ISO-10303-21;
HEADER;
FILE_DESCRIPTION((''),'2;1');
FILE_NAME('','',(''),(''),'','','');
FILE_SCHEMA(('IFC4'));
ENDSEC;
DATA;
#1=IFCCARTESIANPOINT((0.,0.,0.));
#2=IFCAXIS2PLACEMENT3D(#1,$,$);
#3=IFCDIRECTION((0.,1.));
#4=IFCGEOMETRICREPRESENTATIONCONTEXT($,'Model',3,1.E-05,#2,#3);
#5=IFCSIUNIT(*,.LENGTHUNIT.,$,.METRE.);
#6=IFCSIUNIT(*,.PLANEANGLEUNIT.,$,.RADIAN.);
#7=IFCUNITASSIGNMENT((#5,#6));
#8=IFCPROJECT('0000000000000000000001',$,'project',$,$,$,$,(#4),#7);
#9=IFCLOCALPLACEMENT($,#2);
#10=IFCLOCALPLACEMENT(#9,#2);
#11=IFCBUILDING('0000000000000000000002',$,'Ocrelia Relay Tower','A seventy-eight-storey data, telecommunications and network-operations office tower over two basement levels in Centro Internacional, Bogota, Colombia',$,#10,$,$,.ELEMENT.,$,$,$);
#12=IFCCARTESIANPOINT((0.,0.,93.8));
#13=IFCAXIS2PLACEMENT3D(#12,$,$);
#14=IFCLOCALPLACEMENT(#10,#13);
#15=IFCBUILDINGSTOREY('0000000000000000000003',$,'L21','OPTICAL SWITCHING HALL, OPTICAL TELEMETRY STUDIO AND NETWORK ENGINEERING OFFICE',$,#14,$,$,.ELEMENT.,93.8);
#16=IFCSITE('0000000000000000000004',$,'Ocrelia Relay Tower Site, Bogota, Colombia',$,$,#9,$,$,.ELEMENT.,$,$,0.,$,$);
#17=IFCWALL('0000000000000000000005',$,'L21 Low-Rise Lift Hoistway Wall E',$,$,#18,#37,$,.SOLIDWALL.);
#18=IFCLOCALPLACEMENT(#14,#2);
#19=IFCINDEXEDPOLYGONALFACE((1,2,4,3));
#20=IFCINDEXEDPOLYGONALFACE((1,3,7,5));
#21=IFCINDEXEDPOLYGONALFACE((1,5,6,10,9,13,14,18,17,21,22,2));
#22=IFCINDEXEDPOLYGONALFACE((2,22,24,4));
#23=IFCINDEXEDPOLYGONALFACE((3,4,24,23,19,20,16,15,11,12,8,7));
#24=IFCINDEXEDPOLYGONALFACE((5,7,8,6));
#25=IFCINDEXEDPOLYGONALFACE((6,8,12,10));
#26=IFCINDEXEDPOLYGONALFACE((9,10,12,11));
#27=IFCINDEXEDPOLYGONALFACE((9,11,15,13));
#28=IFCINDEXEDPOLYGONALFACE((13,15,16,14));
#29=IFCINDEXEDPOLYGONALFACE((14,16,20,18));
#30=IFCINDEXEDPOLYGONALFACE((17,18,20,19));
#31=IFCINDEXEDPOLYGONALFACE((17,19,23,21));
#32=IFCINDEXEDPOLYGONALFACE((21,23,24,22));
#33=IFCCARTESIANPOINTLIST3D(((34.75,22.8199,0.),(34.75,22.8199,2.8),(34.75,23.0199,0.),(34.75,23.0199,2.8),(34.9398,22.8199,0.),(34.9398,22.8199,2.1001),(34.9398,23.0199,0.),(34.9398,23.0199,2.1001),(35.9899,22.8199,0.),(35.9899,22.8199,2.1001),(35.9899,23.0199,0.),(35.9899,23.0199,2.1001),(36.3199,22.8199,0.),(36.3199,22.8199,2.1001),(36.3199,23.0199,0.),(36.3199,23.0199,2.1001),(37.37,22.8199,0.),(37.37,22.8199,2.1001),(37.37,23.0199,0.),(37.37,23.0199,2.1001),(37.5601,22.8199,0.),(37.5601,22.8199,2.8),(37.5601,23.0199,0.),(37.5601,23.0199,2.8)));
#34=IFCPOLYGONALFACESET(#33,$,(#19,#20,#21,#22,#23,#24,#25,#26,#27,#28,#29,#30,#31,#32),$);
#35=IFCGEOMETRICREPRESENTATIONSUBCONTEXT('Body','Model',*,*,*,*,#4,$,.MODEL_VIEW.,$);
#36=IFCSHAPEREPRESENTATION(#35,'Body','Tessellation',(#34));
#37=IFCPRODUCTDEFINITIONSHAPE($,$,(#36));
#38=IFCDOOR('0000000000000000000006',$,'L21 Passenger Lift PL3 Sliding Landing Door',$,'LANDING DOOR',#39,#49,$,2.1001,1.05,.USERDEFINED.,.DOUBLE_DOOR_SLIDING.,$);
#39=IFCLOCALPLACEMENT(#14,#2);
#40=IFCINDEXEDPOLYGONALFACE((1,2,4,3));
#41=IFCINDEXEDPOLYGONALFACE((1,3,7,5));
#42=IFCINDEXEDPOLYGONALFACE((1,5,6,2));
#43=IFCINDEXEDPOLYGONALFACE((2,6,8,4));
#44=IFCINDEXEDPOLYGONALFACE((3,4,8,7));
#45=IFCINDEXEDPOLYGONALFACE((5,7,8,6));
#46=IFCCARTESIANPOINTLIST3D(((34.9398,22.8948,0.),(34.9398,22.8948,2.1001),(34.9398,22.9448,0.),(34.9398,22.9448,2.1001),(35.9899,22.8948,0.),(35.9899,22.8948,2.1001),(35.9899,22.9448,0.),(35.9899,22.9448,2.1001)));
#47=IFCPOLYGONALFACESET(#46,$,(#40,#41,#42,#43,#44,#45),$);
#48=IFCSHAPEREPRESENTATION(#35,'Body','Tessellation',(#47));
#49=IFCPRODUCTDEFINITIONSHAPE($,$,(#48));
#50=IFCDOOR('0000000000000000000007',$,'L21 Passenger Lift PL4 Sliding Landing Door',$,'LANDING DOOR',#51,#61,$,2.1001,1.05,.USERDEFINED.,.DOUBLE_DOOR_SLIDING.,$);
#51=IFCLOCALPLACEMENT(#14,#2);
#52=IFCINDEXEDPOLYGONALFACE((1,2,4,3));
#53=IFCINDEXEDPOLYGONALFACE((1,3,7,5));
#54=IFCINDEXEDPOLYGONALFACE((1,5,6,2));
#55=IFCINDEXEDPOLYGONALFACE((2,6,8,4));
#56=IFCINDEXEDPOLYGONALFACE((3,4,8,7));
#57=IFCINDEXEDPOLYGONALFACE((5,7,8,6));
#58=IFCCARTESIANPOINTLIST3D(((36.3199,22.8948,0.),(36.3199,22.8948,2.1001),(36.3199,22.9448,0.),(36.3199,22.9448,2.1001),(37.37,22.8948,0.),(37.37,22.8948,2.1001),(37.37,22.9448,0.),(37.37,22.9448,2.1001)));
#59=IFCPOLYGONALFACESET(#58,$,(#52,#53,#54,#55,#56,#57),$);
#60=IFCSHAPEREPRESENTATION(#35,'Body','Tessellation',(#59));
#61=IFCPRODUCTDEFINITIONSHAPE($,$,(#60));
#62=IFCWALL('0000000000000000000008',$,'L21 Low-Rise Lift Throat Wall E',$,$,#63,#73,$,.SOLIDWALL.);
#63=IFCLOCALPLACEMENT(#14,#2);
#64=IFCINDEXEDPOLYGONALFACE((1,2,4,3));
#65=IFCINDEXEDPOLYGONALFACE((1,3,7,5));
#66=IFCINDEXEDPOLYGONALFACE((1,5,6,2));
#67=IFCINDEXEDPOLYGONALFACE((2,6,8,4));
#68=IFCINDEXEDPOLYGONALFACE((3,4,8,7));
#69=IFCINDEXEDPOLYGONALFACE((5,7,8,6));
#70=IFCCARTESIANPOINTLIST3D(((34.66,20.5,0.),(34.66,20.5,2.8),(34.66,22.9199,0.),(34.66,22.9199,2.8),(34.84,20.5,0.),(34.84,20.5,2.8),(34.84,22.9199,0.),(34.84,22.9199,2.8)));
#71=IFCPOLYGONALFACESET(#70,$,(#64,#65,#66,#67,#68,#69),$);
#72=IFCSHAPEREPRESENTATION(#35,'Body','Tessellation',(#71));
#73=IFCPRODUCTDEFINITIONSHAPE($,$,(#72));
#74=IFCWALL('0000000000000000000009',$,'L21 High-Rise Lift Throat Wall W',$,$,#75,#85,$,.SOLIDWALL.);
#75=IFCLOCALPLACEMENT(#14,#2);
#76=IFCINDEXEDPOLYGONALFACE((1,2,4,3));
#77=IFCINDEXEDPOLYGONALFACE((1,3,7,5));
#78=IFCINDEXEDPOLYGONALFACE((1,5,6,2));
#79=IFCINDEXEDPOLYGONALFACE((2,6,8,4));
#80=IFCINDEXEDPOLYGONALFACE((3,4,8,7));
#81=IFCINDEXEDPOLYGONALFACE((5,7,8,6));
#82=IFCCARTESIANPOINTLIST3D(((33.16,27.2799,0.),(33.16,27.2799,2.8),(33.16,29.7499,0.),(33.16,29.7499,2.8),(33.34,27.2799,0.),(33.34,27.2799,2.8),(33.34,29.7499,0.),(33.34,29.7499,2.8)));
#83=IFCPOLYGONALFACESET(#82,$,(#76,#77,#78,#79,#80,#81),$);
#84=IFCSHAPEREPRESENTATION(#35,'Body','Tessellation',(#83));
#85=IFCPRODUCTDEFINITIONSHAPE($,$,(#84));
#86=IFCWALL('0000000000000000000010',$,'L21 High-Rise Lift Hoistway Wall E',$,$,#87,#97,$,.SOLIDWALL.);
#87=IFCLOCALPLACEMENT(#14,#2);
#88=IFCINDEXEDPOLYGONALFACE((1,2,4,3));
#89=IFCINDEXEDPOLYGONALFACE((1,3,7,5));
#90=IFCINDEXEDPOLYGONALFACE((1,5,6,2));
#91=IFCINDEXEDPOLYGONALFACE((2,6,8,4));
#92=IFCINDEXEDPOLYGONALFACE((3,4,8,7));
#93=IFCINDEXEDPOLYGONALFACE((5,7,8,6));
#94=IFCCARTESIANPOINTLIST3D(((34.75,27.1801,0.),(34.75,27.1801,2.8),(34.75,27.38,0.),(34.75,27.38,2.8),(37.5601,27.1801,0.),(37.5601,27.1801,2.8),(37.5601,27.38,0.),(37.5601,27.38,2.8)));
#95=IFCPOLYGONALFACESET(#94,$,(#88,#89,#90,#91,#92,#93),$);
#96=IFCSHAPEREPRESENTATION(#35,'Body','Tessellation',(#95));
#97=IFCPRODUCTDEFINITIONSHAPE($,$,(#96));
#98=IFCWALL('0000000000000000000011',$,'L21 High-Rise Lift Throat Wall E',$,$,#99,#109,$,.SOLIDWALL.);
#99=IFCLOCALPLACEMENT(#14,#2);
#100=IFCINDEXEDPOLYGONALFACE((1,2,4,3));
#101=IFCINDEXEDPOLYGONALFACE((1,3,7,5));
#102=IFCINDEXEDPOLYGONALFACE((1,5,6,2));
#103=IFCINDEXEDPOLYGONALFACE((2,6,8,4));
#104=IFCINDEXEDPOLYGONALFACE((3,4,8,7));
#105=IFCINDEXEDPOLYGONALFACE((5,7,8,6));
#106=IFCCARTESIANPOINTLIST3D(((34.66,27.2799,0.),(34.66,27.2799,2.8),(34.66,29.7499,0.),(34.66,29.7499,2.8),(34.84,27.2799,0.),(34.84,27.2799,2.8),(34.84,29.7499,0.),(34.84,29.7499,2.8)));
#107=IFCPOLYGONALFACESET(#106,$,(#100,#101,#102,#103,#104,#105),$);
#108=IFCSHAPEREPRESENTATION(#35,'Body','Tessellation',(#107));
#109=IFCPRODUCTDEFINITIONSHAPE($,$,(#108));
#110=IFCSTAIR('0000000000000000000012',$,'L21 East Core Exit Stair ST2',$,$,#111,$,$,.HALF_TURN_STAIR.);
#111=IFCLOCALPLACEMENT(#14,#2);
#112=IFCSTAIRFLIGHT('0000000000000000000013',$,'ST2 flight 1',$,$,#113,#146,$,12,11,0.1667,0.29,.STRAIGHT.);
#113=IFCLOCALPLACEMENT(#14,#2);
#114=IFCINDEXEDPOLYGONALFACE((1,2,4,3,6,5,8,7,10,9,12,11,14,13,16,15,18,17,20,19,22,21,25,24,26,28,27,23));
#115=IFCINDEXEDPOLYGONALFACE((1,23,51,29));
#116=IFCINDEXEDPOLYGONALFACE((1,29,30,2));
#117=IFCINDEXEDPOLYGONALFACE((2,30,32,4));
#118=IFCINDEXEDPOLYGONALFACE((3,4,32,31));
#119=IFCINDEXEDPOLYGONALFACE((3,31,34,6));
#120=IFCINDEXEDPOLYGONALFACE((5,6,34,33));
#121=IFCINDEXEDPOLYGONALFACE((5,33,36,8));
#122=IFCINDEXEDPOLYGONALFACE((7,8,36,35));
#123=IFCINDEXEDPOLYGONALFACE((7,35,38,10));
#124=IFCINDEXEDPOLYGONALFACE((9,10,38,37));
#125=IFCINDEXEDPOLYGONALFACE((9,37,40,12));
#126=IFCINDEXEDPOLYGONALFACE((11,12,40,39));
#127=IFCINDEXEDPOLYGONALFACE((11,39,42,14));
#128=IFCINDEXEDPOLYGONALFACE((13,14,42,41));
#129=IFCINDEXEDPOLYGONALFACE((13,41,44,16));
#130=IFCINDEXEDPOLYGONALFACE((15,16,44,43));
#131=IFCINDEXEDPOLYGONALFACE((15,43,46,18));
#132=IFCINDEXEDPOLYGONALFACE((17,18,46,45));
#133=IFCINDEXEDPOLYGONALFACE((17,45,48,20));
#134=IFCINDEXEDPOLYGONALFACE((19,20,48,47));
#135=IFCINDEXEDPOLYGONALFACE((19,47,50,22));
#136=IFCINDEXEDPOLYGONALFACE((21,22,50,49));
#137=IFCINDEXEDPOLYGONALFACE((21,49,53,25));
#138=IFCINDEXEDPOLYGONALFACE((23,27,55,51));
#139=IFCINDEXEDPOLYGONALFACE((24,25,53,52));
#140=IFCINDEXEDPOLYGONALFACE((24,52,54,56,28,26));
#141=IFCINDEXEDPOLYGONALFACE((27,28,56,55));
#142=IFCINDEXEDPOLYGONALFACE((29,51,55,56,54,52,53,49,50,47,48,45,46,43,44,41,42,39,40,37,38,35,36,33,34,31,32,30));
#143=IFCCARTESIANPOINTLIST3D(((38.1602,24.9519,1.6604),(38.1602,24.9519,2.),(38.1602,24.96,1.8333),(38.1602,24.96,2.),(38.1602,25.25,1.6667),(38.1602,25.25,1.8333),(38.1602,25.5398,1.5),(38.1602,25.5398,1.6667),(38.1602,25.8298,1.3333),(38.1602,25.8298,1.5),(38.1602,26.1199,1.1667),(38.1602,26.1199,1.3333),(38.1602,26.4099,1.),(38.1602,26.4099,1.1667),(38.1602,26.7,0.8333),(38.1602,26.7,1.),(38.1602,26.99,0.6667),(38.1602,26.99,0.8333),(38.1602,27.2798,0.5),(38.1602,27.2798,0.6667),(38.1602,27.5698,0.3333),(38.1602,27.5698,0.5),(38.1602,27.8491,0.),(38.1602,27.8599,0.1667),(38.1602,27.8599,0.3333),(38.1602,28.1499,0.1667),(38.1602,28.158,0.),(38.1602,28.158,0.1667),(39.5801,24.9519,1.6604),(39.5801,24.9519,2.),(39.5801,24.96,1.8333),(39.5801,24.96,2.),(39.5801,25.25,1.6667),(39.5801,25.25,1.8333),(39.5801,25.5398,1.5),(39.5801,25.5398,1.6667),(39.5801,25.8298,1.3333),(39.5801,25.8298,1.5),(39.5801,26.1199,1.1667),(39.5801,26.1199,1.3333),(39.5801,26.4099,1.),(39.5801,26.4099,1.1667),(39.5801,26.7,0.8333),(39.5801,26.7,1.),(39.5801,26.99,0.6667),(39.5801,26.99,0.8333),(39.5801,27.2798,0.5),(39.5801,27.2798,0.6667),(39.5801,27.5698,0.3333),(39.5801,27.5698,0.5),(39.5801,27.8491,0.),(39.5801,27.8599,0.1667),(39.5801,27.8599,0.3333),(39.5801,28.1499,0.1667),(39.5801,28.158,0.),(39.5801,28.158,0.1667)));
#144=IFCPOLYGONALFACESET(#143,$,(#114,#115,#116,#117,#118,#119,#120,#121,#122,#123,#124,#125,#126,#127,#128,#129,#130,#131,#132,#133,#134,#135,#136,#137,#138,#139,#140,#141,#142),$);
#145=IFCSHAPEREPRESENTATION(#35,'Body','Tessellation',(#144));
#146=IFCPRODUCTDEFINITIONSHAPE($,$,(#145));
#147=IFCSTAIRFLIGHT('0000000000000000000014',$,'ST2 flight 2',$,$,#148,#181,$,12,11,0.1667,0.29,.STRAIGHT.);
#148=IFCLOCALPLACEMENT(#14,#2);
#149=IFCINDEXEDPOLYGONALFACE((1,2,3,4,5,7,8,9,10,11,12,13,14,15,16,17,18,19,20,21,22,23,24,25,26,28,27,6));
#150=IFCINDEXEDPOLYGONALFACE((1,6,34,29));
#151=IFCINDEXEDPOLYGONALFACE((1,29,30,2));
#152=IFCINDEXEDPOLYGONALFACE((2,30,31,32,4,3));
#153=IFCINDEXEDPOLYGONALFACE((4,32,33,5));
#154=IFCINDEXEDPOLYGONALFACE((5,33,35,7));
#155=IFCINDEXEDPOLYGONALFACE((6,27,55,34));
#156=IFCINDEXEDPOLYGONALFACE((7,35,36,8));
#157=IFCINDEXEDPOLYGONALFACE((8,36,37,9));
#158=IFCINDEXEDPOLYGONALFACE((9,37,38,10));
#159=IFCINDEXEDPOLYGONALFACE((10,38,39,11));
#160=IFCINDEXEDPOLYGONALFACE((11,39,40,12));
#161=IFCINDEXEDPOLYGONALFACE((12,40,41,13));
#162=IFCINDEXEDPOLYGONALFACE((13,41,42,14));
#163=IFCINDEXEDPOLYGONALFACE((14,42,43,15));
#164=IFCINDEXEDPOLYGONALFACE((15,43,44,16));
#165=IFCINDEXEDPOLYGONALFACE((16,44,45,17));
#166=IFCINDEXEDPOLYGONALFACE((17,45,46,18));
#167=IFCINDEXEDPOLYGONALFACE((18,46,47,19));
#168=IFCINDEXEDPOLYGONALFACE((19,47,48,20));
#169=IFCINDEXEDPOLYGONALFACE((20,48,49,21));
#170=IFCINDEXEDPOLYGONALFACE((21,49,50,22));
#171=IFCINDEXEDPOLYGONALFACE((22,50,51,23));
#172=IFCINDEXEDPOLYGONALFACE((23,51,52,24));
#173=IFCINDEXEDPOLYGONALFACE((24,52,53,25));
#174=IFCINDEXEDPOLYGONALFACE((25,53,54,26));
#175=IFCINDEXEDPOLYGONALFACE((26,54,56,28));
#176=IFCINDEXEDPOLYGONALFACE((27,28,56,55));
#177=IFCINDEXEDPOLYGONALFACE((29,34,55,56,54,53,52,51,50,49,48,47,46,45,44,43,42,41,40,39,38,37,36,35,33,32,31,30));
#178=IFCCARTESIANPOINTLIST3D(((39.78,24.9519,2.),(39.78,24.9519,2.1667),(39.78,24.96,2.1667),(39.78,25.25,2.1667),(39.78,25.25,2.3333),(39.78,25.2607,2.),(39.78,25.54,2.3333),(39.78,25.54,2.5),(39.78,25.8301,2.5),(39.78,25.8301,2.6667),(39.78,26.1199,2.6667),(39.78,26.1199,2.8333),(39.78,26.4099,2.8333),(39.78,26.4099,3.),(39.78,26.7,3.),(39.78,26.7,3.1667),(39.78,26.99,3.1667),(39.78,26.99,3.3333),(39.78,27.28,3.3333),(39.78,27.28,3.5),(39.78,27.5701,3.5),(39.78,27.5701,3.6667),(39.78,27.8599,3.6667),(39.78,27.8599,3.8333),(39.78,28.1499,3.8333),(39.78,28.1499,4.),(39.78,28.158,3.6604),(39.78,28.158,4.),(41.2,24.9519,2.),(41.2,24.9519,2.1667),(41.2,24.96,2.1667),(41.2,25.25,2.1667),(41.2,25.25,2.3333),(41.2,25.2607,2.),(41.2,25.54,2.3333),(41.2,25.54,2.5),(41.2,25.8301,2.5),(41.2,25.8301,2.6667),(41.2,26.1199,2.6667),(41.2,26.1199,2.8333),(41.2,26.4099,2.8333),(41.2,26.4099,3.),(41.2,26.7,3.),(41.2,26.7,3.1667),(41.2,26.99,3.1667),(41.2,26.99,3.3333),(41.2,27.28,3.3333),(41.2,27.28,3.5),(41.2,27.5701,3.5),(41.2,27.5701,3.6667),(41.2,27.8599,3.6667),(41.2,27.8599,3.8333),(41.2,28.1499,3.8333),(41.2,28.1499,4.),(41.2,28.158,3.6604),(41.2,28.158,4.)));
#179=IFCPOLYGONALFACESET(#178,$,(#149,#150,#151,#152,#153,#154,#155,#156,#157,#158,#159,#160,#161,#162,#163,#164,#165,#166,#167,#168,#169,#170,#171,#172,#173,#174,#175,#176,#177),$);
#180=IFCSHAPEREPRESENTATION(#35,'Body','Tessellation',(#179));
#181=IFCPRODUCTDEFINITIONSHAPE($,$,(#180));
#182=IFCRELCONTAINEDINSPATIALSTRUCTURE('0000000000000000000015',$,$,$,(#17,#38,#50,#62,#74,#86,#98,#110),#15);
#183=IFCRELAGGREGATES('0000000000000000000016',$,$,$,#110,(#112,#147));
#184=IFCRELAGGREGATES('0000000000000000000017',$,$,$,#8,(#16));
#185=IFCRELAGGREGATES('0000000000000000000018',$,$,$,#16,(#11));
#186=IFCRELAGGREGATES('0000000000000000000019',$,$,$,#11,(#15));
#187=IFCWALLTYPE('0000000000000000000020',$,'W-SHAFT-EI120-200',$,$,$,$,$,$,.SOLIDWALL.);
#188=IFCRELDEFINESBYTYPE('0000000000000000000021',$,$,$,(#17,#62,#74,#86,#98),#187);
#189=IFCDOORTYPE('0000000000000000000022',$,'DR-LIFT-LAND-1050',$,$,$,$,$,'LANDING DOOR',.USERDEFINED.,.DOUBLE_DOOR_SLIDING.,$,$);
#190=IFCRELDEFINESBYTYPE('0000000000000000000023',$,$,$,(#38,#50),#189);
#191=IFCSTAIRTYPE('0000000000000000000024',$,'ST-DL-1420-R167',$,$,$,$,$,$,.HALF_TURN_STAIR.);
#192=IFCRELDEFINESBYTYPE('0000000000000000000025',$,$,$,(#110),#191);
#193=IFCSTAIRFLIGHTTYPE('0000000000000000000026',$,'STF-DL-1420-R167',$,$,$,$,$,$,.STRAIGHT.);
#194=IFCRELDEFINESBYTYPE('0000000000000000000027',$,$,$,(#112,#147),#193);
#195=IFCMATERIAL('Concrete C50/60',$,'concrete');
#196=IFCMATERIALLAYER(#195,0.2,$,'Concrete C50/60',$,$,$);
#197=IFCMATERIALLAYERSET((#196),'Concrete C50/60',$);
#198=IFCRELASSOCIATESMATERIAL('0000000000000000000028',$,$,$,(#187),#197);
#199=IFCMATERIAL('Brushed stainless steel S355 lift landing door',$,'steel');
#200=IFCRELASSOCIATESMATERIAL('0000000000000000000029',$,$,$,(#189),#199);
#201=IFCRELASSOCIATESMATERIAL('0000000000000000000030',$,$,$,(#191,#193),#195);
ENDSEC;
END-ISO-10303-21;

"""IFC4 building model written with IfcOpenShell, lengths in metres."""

from ifc_helpers import new_model, si_unit, direction, frame, frame_2d, origin, place, context, subcontext, project, spatial, polyline, rectangle, outline, extrude, material, layer, layer_set, type_object, element, fill, aggregate, save


model = new_model("IFC4")

# Units and contexts
model_context = context("Model", 3, precision=1e-05, world=origin(), true_north=direction((0.0, 1.0)))
body_context = subcontext(model_context, "Body", "Model", "MODEL_VIEW")
ifc_project = project(units=[si_unit("LENGTHUNIT", "METRE"), si_unit("PLANEANGLEUNIT", "RADIAN")], contexts=[model_context])

# Site, building, storey
site_placement = place(None, origin())
site = spatial("IfcSite", under=ifc_project, at=site_placement, Name="Ocrelia Relay Tower Site, Bogota, Colombia", CompositionType="ELEMENT", RefElevation=0.0)
building_placement = place(site_placement, origin())
building = spatial("IfcBuilding", under=site, at=building_placement, Name="Ocrelia Relay Tower", Description="A seventy-eight-storey data, telecommunications and network-operations office tower over two basement levels in Centro Internacional, Bogota, Colombia", CompositionType="ELEMENT")
storey_placement = place(building_placement, frame((0.0, 0.0, 93.8)))
storey = spatial("IfcBuildingStorey", under=building, at=storey_placement, Name="L21", Description="OPTICAL SWITCHING HALL, OPTICAL TELEMETRY STUDIO AND NETWORK ENGINEERING OFFICE", CompositionType="ELEMENT", Elevation=93.8)

# Shared definitions
ifc_material_1 = material(Name="Concrete C50/60", Category="concrete")
ifc_layer_1 = layer(ifc_material_1, 0.2, Name="Concrete C50/60")
ifc_layer_set_1 = layer_set([ifc_layer_1], Name="Concrete C50/60")
wall_type_1 = type_object("IfcWallType", Name="W-SHAFT-EI120-200", PredefinedType="SOLIDWALL", material=ifc_layer_set_1)

# Wall, openings, doors
wall_1_placement = place(storey_placement, frame((34.75, 22.9199, 0.0), z_axis=(0.0, 0.0, 1.0), x_axis=(1.0, 0.0, 0.0)))
wall_1 = element("IfcWall", 1, at=wall_1_placement, inside=storey, type_object=wall_type_1, Name="L21 Low-Rise Lift Hoistway Wall E", PredefinedType="SOLIDWALL", context=body_context, shape_type="SweptSolid", body=[
    extrude(rectangle(XDim=2.8101, YDim=0.2, at=frame_2d((1.405, 0.0))), origin(), (0.0, 0.0, 1.0), 2.8),
])
opening_1_placement = place(wall_1_placement, frame((0.1899, 0.0, 0.0)))
opening_1 = element("IfcOpeningElement", 2, at=opening_1_placement, cuts=wall_1, PredefinedType="OPENING", context=body_context, shape_type="SweptSolid", body=[
    extrude(rectangle(XDim=1.05, YDim=2.1001, at=frame_2d((0.5249, 1.05))), frame((0.0, 0.1099, 0.0), z_axis=(0.0, -1.0, 0.0), x_axis=(1.0, 0.0, 0.0)), (0.0, 0.0, 1.0), 0.22),
])
opening_2_placement = place(wall_1_placement, frame((1.5701, 0.0, 0.0)))
opening_2 = element("IfcOpeningElement", 3, at=opening_2_placement, cuts=wall_1, PredefinedType="OPENING", context=body_context, shape_type="SweptSolid", body=[
    extrude(rectangle(XDim=1.05, YDim=2.1001, at=frame_2d((0.5249, 1.05))), frame((0.0, 0.1099, 0.0), z_axis=(0.0, -1.0, 0.0), x_axis=(1.0, 0.0, 0.0)), (0.0, 0.0, 1.0), 0.22),
])
ifc_material_2 = material(Name="Brushed stainless steel S355 lift landing door", Category="steel")
door_type = type_object("IfcDoorType", Name="DR-LIFT-LAND-1050", ElementType="LANDING DOOR", OperationType="DOUBLE_DOOR_SLIDING", PredefinedType="USERDEFINED", material=ifc_material_2)
door_1_placement = place(opening_1_placement, origin())
door_1 = element("IfcDoor", 4, at=door_1_placement, inside=storey, type_object=door_type, Name="L21 Passenger Lift PL3 Sliding Landing Door", ObjectType="LANDING DOOR", OperationType="DOUBLE_DOOR_SLIDING", OverallHeight=2.1001, OverallWidth=1.05, PredefinedType="USERDEFINED", context=body_context, shape_type="SweptSolid", body=[
    extrude(rectangle(XDim=1.05, YDim=2.1001, at=frame_2d((0.5249, 1.05))), frame((0.0, 0.0249, 0.0), z_axis=(0.0, -1.0, 0.0), x_axis=(1.0, 0.0, 0.0)), (0.0, 0.0, 1.0), 0.05),
])
fill(opening_1, door_1)
door_2_placement = place(opening_2_placement, origin())
door_2 = element("IfcDoor", 5, at=door_2_placement, inside=storey, type_object=door_type, Name="L21 Passenger Lift PL4 Sliding Landing Door", ObjectType="LANDING DOOR", OperationType="DOUBLE_DOOR_SLIDING", OverallHeight=2.1001, OverallWidth=1.05, PredefinedType="USERDEFINED", context=body_context, shape_type="SweptSolid", body=[
    extrude(rectangle(XDim=1.05, YDim=2.1001, at=frame_2d((0.5249, 1.05))), frame((0.0, 0.0249, 0.0), z_axis=(0.0, -1.0, 0.0), x_axis=(1.0, 0.0, 0.0)), (0.0, 0.0, 1.0), 0.05),
])
fill(opening_2, door_2)

# Walls
wall_2_placement = place(storey_placement, frame((34.75, 20.5, 0.0), z_axis=(0.0, 0.0, 1.0), x_axis=(0.0, 1.0, 0.0)))
element("IfcWall", 6, at=wall_2_placement, inside=storey, type_object=wall_type_1, Name="L21 Low-Rise Lift Throat Wall E", PredefinedType="SOLIDWALL", context=body_context, shape_type="SweptSolid", body=[
    extrude(rectangle(XDim=2.4199, YDim=0.1799, at=frame_2d((1.21, 0.0))), origin(), (0.0, 0.0, 1.0), 2.8),
])
wall_3_placement = place(storey_placement, frame((33.25, 27.28, 0.0), z_axis=(0.0, 0.0, 1.0), x_axis=(0.0, 1.0, 0.0)))
element("IfcWall", 7, at=wall_3_placement, inside=storey, type_object=wall_type_1, Name="L21 High-Rise Lift Throat Wall W", PredefinedType="SOLIDWALL", context=body_context, shape_type="SweptSolid", body=[
    extrude(rectangle(XDim=2.47, YDim=0.1799, at=frame_2d((1.2349, 0.0))), origin(), (0.0, 0.0, 1.0), 2.8),
])
wall_4_placement = place(storey_placement, frame((34.75, 27.28, 0.0), z_axis=(0.0, 0.0, 1.0), x_axis=(1.0, 0.0, 0.0)))
element("IfcWall", 8, at=wall_4_placement, inside=storey, type_object=wall_type_1, Name="L21 High-Rise Lift Hoistway Wall E", PredefinedType="SOLIDWALL", context=body_context, shape_type="SweptSolid", body=[
    extrude(rectangle(XDim=2.8101, YDim=0.2, at=frame_2d((1.405, 0.0))), origin(), (0.0, 0.0, 1.0), 2.8),
])
wall_5_placement = place(storey_placement, frame((34.75, 27.28, 0.0), z_axis=(0.0, 0.0, 1.0), x_axis=(0.0, 1.0, 0.0)))
element("IfcWall", 9, at=wall_5_placement, inside=storey, type_object=wall_type_1, Name="L21 High-Rise Lift Throat Wall E", PredefinedType="SOLIDWALL", context=body_context, shape_type="SweptSolid", body=[
    extrude(rectangle(XDim=2.47, YDim=0.1799, at=frame_2d((1.2349, 0.0))), origin(), (0.0, 0.0, 1.0), 2.8),
])

# Stair, stair flights
stair_type = type_object("IfcStairType", Name="ST-DL-1420-R167", PredefinedType="HALF_TURN_STAIR", material=ifc_material_1)
stair_placement = place(storey_placement, origin())
stair = element("IfcStair", 10, at=stair_placement, inside=storey, type_object=stair_type, Name="L21 East Core Exit Stair ST2", PredefinedType="HALF_TURN_STAIR")
stair_flight_type = type_object("IfcStairFlightType", Name="STF-DL-1420-R167", PredefinedType="STRAIGHT", material=ifc_material_1)
stair_flight_1_placement = place(storey_placement, frame((38.8701, 28.1499, 0.0), z_axis=(0.0, 0.0, 1.0), x_axis=(0.0, -1.0, 0.0)))
stair_flight_1 = element("IfcStairFlight", 11, at=stair_flight_1_placement, type_object=stair_flight_type, Name="ST2 flight 1", NumberOfRisers=12, NumberOfTreads=11, PredefinedType="STRAIGHT", RiserHeight=0.1667, TreadLength=0.29, context=body_context, shape_type="SweptSolid", body=[
    extrude(outline(polyline([(-0.0081, 0.0), (-0.0081, 0.1667), (0.0, 0.1667), (0.29, 0.1667), (0.29, 0.3333), (0.5801, 0.3333), (0.5801, 0.5), (0.8701, 0.5), (0.8701, 0.6667), (1.1599, 0.6667), (1.1599, 0.8333), (1.45, 0.8333), (1.45, 1.0), (1.74, 1.0), (1.74, 1.1667), (2.03, 1.1667), (2.03, 1.3333), (2.3201, 1.3333), (2.3201, 1.5), (2.6101, 1.5), (2.6101, 1.6667), (2.8999, 1.6667), (2.8999, 1.8333), (3.1899, 1.8333), (3.1899, 2.0), (3.198, 2.0), (3.198, 1.6604), (0.3008, 0.0), (-0.0081, 0.0)])), frame((0.0, 0.71, 0.0), z_axis=(0.0, -1.0, 0.0), x_axis=(1.0, 0.0, 0.0)), (0.0, 0.0, 1.0), 1.4199),
])
stair_flight_2_placement = place(storey_placement, frame((40.49, 24.96, 2.0), z_axis=(0.0, 0.0, 1.0), x_axis=(0.0, 1.0, 0.0)))
stair_flight_2 = element("IfcStairFlight", 12, at=stair_flight_2_placement, type_object=stair_flight_type, Name="ST2 flight 2", NumberOfRisers=12, NumberOfTreads=11, PredefinedType="STRAIGHT", RiserHeight=0.1667, TreadLength=0.29, context=body_context, shape_type="SweptSolid", body=[
    extrude(outline(polyline([(-0.0081, 0.0), (-0.0081, 0.1667), (0.0, 0.1667), (0.29, 0.1667), (0.29, 0.3333), (0.5801, 0.3333), (0.5801, 0.5), (0.8701, 0.5), (0.8701, 0.6667), (1.1599, 0.6667), (1.1599, 0.8333), (1.45, 0.8333), (1.45, 1.0), (1.74, 1.0), (1.74, 1.1667), (2.03, 1.1667), (2.03, 1.3333), (2.3201, 1.3333), (2.3201, 1.5), (2.6101, 1.5), (2.6101, 1.6667), (2.8999, 1.6667), (2.8999, 1.8333), (3.1899, 1.8333), (3.1899, 2.0), (3.198, 2.0), (3.198, 1.6604), (0.3008, 0.0), (-0.0081, 0.0)])), frame((0.0, 0.71, 0.0), z_axis=(0.0, -1.0, 0.0), x_axis=(1.0, 0.0, 0.0)), (0.0, 0.0, 1.0), 1.4199),
])
aggregate(stair, [stair_flight_1, stair_flight_2])

save(model, "model.ifc")
